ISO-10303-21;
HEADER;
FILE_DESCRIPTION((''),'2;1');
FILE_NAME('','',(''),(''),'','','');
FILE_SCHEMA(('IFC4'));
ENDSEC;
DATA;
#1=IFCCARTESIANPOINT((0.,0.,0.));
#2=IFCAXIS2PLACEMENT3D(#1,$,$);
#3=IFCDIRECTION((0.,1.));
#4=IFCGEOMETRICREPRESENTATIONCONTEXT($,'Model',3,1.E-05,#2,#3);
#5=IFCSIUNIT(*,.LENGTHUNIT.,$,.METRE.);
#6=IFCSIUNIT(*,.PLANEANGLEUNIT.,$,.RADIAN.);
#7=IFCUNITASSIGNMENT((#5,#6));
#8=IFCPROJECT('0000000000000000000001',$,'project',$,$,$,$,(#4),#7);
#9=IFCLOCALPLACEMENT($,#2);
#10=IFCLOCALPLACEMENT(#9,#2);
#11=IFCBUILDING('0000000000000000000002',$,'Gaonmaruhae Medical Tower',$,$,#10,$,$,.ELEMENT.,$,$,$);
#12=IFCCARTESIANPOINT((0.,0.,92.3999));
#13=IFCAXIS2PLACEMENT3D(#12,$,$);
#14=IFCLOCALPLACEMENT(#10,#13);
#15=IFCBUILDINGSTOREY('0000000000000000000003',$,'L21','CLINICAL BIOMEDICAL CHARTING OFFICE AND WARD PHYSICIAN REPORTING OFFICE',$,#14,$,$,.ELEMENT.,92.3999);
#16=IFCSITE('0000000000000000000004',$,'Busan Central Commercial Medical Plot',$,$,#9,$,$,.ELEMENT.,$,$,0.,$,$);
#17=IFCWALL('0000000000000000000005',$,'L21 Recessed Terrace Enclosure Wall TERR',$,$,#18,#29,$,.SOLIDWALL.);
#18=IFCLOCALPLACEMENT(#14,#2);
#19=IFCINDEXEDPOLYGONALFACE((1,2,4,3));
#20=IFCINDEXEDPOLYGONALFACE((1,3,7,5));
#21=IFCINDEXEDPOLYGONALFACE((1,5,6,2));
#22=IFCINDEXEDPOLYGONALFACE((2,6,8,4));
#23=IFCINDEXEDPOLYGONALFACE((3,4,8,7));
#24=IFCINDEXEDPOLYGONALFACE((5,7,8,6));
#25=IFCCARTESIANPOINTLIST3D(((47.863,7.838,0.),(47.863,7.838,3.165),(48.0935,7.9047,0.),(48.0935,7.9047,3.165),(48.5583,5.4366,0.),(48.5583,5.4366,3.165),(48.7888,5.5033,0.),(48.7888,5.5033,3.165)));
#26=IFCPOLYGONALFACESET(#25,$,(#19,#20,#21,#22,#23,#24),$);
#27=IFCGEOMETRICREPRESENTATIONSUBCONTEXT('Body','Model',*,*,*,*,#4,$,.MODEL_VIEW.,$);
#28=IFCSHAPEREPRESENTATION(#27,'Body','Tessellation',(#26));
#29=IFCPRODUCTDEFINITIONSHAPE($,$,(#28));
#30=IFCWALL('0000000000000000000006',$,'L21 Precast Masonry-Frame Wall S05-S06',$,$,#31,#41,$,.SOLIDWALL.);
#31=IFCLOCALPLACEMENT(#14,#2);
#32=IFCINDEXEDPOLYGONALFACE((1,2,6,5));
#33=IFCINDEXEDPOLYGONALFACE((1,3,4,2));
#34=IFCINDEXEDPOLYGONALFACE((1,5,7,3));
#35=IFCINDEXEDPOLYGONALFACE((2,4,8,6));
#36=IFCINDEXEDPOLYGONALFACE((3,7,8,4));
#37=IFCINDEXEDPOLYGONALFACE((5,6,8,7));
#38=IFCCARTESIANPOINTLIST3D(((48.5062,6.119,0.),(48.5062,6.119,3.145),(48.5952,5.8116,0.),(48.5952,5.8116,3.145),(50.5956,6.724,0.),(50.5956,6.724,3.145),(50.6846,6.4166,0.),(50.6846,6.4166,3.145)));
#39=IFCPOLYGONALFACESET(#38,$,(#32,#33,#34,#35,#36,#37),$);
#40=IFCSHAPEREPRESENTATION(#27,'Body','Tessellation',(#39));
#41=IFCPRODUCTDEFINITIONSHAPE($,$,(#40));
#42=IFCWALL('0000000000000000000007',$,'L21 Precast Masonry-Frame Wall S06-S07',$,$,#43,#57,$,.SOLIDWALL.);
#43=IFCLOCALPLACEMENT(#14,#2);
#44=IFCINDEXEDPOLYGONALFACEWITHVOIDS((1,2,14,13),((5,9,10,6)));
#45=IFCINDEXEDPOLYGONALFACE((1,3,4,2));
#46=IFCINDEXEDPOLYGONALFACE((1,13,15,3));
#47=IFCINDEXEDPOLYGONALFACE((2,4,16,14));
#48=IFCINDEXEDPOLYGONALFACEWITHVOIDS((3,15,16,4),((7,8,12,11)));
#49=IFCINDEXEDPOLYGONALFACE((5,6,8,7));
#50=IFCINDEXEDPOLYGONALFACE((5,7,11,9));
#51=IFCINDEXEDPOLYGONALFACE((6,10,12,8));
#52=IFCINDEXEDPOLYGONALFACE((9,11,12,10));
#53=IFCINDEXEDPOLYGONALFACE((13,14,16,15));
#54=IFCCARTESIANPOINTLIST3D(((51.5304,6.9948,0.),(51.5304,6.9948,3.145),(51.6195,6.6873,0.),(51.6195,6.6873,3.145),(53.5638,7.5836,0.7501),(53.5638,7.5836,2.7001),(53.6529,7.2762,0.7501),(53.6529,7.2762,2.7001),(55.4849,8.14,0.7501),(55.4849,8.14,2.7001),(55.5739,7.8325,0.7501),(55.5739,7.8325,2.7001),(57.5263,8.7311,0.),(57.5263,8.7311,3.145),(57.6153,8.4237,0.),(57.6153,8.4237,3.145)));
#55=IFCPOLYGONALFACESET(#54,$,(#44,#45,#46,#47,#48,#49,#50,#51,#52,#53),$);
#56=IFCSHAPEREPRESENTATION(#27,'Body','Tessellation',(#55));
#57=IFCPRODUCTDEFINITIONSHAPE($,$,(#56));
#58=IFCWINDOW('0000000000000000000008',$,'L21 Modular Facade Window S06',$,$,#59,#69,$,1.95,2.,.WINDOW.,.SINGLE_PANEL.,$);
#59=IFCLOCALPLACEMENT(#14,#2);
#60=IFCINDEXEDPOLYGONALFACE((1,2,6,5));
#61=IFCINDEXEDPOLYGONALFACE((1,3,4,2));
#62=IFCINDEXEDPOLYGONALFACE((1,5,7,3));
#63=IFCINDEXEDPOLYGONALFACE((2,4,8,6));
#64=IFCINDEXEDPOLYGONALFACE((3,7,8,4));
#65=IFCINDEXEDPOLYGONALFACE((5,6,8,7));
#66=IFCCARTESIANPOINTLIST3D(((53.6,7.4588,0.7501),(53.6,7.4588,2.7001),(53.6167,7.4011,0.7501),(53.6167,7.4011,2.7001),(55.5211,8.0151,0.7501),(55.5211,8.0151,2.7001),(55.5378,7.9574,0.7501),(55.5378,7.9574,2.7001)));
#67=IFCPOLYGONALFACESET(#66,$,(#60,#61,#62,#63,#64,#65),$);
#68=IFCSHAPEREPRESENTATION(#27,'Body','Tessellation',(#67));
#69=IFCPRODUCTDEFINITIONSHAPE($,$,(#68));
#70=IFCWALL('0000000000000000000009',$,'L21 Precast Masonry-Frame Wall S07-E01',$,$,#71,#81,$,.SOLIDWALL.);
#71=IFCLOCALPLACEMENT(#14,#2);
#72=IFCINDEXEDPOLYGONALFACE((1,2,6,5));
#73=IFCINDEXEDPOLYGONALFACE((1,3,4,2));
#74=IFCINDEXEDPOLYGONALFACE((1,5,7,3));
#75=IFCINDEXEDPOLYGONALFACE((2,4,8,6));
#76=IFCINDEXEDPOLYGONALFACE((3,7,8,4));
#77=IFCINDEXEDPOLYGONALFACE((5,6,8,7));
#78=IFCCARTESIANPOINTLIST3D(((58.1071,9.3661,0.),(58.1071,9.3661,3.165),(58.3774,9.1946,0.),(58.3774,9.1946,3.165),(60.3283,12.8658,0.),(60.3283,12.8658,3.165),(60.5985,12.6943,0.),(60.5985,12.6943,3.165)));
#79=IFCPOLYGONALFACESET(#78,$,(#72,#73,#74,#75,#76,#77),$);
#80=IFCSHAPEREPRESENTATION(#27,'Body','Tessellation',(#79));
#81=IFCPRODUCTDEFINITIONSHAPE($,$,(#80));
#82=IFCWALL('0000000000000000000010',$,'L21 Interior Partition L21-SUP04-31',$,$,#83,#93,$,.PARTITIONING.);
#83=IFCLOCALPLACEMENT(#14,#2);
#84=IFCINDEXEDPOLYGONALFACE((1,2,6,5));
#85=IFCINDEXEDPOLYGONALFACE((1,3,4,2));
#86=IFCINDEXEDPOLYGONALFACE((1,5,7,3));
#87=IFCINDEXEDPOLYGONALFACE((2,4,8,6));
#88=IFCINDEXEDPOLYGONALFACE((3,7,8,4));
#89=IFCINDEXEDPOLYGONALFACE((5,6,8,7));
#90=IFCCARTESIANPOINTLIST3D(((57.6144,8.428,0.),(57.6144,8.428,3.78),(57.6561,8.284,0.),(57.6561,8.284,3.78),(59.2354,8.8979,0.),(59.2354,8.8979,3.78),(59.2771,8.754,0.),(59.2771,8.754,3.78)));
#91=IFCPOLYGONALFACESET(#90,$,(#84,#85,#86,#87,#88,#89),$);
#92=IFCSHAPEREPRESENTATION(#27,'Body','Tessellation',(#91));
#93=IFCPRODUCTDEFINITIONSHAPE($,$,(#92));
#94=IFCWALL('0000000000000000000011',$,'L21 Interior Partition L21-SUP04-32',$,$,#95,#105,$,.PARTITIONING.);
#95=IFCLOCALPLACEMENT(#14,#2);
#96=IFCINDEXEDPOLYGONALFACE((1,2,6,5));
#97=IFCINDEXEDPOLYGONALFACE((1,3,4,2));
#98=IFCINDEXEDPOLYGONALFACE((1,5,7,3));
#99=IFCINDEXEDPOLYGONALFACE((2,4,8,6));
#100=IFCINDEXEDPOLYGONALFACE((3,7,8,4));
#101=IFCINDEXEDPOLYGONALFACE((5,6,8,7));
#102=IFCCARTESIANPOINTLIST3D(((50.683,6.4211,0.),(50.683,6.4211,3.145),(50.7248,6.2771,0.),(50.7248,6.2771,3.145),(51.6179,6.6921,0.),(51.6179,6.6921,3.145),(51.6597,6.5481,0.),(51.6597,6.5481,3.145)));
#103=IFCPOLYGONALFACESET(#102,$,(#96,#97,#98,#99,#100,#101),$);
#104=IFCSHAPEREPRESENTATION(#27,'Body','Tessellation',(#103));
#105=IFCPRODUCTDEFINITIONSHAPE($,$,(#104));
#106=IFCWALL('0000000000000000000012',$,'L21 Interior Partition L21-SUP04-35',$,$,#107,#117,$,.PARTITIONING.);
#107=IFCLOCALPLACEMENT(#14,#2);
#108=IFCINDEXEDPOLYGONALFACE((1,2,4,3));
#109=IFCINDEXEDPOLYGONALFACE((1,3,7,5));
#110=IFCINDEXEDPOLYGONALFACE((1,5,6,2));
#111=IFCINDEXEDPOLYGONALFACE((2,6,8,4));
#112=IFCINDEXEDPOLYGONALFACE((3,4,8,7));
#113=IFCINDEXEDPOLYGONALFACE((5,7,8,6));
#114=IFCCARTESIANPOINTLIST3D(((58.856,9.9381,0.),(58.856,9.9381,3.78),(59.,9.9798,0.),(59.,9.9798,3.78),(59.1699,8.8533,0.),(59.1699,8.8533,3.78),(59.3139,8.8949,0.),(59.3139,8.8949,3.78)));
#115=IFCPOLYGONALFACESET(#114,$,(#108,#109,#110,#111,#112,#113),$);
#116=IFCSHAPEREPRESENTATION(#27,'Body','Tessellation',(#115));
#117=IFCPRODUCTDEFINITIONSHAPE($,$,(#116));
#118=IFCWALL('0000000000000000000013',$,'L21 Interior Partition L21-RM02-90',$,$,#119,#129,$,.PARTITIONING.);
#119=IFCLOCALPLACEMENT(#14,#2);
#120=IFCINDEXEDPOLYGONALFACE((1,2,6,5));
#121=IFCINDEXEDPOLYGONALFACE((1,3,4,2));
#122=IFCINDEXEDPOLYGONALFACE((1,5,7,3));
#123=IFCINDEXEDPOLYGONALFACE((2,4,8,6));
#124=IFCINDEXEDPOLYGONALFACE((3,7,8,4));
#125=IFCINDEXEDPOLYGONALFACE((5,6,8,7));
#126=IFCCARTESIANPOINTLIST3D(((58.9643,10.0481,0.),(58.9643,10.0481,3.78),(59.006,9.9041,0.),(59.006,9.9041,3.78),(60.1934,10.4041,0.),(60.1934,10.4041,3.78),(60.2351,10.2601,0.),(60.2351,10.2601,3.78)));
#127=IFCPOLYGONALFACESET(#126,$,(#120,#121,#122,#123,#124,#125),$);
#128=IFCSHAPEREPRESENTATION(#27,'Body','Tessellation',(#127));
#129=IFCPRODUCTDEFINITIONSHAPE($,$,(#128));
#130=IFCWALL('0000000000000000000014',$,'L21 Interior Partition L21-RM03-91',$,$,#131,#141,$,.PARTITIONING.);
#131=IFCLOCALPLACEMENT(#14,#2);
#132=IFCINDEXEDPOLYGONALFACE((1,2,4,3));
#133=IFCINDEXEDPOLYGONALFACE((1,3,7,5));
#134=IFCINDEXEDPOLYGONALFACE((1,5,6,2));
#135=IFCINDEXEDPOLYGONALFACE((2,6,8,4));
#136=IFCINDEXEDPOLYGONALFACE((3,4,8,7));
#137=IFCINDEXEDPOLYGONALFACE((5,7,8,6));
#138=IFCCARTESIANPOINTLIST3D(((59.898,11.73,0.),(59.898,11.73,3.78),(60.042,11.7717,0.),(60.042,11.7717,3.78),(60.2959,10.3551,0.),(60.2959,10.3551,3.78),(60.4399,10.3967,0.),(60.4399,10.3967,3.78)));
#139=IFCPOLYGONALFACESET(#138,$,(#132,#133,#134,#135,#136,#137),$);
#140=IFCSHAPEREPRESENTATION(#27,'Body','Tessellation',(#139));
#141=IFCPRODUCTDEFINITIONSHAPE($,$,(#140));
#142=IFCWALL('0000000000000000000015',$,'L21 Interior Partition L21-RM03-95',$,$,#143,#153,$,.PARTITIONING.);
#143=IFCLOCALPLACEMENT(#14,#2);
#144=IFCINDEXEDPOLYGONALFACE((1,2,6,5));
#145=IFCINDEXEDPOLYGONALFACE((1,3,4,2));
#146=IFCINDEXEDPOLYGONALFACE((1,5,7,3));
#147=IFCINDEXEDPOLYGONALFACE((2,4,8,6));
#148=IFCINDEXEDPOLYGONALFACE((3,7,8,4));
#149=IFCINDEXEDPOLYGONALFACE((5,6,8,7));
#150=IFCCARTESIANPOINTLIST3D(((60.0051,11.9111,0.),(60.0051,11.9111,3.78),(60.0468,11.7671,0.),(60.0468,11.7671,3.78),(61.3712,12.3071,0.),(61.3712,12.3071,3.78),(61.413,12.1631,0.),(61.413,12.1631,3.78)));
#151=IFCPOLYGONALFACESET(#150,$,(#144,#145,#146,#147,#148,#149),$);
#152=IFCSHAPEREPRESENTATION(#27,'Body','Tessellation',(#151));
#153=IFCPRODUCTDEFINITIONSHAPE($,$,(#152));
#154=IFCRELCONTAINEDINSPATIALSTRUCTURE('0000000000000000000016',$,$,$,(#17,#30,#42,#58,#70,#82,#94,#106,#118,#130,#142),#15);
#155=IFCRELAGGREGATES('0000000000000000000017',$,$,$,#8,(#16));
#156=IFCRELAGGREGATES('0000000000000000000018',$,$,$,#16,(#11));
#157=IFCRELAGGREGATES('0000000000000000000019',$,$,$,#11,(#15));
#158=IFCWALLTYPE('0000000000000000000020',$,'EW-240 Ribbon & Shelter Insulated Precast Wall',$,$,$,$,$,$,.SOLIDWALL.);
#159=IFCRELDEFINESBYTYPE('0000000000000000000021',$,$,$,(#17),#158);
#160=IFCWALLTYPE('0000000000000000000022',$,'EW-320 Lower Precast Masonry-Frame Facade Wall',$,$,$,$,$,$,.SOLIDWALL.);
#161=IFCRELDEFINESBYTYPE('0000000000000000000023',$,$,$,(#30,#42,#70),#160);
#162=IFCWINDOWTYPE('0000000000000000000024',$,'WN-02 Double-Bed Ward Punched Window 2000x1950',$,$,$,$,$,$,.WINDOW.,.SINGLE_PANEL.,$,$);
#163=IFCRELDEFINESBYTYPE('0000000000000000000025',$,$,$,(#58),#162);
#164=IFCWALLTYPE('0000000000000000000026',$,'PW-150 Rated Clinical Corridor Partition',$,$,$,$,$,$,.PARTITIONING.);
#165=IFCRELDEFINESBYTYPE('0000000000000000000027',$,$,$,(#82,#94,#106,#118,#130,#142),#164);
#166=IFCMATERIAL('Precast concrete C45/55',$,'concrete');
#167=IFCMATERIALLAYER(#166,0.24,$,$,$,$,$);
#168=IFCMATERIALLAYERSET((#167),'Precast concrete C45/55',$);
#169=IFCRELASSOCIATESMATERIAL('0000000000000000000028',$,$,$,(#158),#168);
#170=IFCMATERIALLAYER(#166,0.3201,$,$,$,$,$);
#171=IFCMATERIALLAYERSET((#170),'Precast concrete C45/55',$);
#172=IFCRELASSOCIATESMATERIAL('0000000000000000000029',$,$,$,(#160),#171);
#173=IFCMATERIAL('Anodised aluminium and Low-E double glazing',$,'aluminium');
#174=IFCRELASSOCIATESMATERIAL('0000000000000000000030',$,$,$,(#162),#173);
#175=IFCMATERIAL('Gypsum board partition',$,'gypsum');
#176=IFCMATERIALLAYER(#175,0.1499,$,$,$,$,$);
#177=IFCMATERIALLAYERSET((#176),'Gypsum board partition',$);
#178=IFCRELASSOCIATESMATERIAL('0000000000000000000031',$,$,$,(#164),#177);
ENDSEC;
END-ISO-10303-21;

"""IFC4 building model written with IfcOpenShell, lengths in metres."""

from ifc_helpers import new_model, si_unit, direction, frame, frame_2d, origin, place, context, subcontext, project, spatial, rectangle, extrude, material, layer, layer_set, type_object, element, fill, save


model = new_model("IFC4")

# Units and contexts
model_context = context("Model", 3, precision=1e-05, world=origin(), true_north=direction((0.0, 1.0)))
body_context = subcontext(model_context, "Body", "Model", "MODEL_VIEW")
ifc_project = project(units=[si_unit("LENGTHUNIT", "METRE"), si_unit("PLANEANGLEUNIT", "RADIAN")], contexts=[model_context])

# Site, building, storey
site_placement = place(None, origin())
site = spatial("IfcSite", under=ifc_project, at=site_placement, Name="Busan Central Commercial Medical Plot", CompositionType="ELEMENT", RefElevation=0.0)
building_placement = place(site_placement, origin())
building = spatial("IfcBuilding", under=site, at=building_placement, Name="Gaonmaruhae Medical Tower", CompositionType="ELEMENT")
storey_placement = place(building_placement, frame((0.0, 0.0, 92.3999)))
storey = spatial("IfcBuildingStorey", under=building, at=storey_placement, Name="L21", Description="CLINICAL BIOMEDICAL CHARTING OFFICE AND WARD PHYSICIAN REPORTING OFFICE", CompositionType="ELEMENT", Elevation=92.3999)

# Walls
ifc_material_1 = material(Name="Precast concrete C45/55", Category="concrete")
ifc_layer_1 = layer(ifc_material_1, 0.24)
ifc_layer_set_1 = layer_set([ifc_layer_1], Name="Precast concrete C45/55")
wall_type_1 = type_object("IfcWallType", Name="EW-240 Ribbon & Shelter Insulated Precast Wall", PredefinedType="SOLIDWALL", material=ifc_layer_set_1)
wall_1_placement = place(storey_placement, frame((48.6736, 5.47, 0.0), z_axis=(0.0, 0.0, 1.0), x_axis=(-0.278124, 0.960545, 0.0)))
element("IfcWall", 1, at=wall_1_placement, inside=storey, type_object=wall_type_1, Name="L21 Recessed Terrace Enclosure Wall TERR", PredefinedType="SOLIDWALL", context=body_context, shape_type="SweptSolid", body=[
    extrude(rectangle(XDim=2.5, YDim=0.24, at=frame_2d((1.25, 0.0))), origin(), (0.0, 0.0, 1.0), 3.165),
])
ifc_layer_2 = layer(ifc_material_1, 0.3201)
ifc_layer_set_2 = layer_set([ifc_layer_2], Name="Precast concrete C45/55")
wall_type_2 = type_object("IfcWallType", Name="EW-320 Lower Precast Masonry-Frame Facade Wall", PredefinedType="SOLIDWALL", material=ifc_layer_set_2)
wall_2_placement = place(storey_placement, frame((50.6401, 6.5703, 0.0), z_axis=(0.0, 0.0, 1.0), x_axis=(-0.960544, -0.278129, 0.0)))
element("IfcWall", 2, at=wall_2_placement, inside=storey, type_object=wall_type_2, Name="L21 Precast Masonry-Frame Wall S05-S06", PredefinedType="SOLIDWALL", context=body_context, shape_type="SweptSolid", body=[
    extrude(rectangle(XDim=2.1753, YDim=0.3201, at=frame_2d((1.0876, 0.0))), origin(), (0.0, 0.0, 1.0), 3.145),
])

# Wall, opening, window
wall_3_placement = place(storey_placement, frame((57.5708, 8.5774, 0.0), z_axis=(0.0, 0.0, 1.0), x_axis=(-0.960535, -0.27816, 0.0)))
wall_3 = element("IfcWall", 3, at=wall_3_placement, inside=storey, type_object=wall_type_2, Name="L21 Precast Masonry-Frame Wall S06-S07", PredefinedType="SOLIDWALL", context=body_context, shape_type="SweptSolid", body=[
    extrude(rectangle(XDim=6.2422, YDim=0.3201, at=frame_2d((3.1211, 0.0))), origin(), (0.0, 0.0, 1.0), 3.145),
])
opening_placement = place(wall_3_placement, frame((2.1252, 0.0, 0.75)))
opening = element("IfcOpeningElement", 4, at=opening_placement, cuts=wall_3, PredefinedType="OPENING", context=body_context, shape_type="SweptSolid", body=[
    extrude(rectangle(XDim=2.0, YDim=1.95, at=frame_2d((1.0, 0.9751))), frame((0.0, 0.1699, 0.0), z_axis=(0.0, -1.0, 0.0), x_axis=(1.0, 0.0, 0.0)), (0.0, 0.0, 1.0), 0.3401),
])
ifc_material_2 = material(Name="Anodised aluminium and Low-E double glazing", Category="aluminium")
window_type = type_object("IfcWindowType", Name="WN-02 Double-Bed Ward Punched Window 2000x1950", PartitioningType="SINGLE_PANEL", PredefinedType="WINDOW", material=ifc_material_2)
window_placement = place(opening_placement, origin())
window = element("IfcWindow", 5, at=window_placement, inside=storey, type_object=window_type, Name="L21 Modular Facade Window S06", OverallHeight=1.95, OverallWidth=2.0, PartitioningType="SINGLE_PANEL", PredefinedType="WINDOW", context=body_context, shape_type="SweptSolid", body=[
    extrude(rectangle(XDim=2.0, YDim=1.95, at=frame_2d((1.0, 0.9751))), frame((0.0, 0.03, 0.0), z_axis=(0.0, -1.0, 0.0), x_axis=(1.0, 0.0, 0.0)), (0.0, 0.0, 1.0), 0.0601),
])
fill(opening, window)

# Walls
wall_4_placement = place(storey_placement, frame((60.4634, 12.78, 0.0), z_axis=(0.0, 0.0, 1.0), x_axis=(-0.535858, -0.844308, 0.0)))
element("IfcWall", 6, at=wall_4_placement, inside=storey, type_object=wall_type_2, Name="L21 Precast Masonry-Frame Wall S07-E01", PredefinedType="SOLIDWALL", context=body_context, shape_type="SweptSolid", body=[
    extrude(rectangle(XDim=4.145, YDim=0.3201, at=frame_2d((2.0725, 0.0))), origin(), (0.0, 0.0, 1.0), 3.165),
])
ifc_material_3 = material(Name="Gypsum board partition", Category="gypsum")
ifc_layer_3 = layer(ifc_material_3, 0.1499)
ifc_layer_set_3 = layer_set([ifc_layer_3], Name="Gypsum board partition")
wall_type_3 = type_object("IfcWallType", Name="PW-150 Rated Clinical Corridor Partition", PredefinedType="PARTITIONING", material=ifc_layer_set_3)
wall_5_placement = place(storey_placement, frame((59.2561, 8.8259, 0.0), z_axis=(0.0, 0.0, 1.0), x_axis=(-0.960452, -0.278444, 0.0)))
element("IfcWall", 7, at=wall_5_placement, inside=storey, type_object=wall_type_3, Name="L21 Interior Partition L21-SUP04-31", PredefinedType="PARTITIONING", context=body_context, shape_type="SweptSolid", body=[
    extrude(rectangle(XDim=1.6877, YDim=0.1499, at=frame_2d((0.8438, 0.0))), origin(), (0.0, 0.0, 1.0), 3.78),
])
wall_6_placement = place(storey_placement, frame((51.6389, 6.6201, 0.0), z_axis=(0.0, 0.0, 1.0), x_axis=(-0.960457, -0.27843, 0.0)))
element("IfcWall", 8, at=wall_6_placement, inside=storey, type_object=wall_type_3, Name="L21 Interior Partition L21-SUP04-32", PredefinedType="PARTITIONING", context=body_context, shape_type="SweptSolid", body=[
    extrude(rectangle(XDim=0.9734, YDim=0.1499, at=frame_2d((0.4868, 0.0))), origin(), (0.0, 0.0, 1.0), 3.145),
])
wall_7_placement = place(storey_placement, frame((58.928, 9.959, 0.0), z_axis=(0.0, 0.0, 1.0), x_axis=(0.277974, -0.960589, 0.0)))
element("IfcWall", 9, at=wall_7_placement, inside=storey, type_object=wall_type_3, Name="L21 Interior Partition L21-SUP04-35", PredefinedType="PARTITIONING", context=body_context, shape_type="SweptSolid", body=[
    extrude(rectangle(XDim=1.1294, YDim=0.1499, at=frame_2d((0.5647, 0.0))), origin(), (0.0, 0.0, 1.0), 3.78),
])
wall_8_placement = place(storey_placement, frame((60.2141, 10.332, 0.0), z_axis=(0.0, 0.0, 1.0), x_axis=(-0.960524, -0.278197, 0.0)))
element("IfcWall", 10, at=wall_8_placement, inside=storey, type_object=wall_type_3, Name="L21 Interior Partition L21-RM02-90", PredefinedType="PARTITIONING", context=body_context, shape_type="SweptSolid", body=[
    extrude(rectangle(XDim=1.2795, YDim=0.1499, at=frame_2d((0.6396, 0.0))), origin(), (0.0, 0.0, 1.0), 3.78),
])
wall_9_placement = place(storey_placement, frame((59.97, 11.751, 0.0), z_axis=(0.0, 0.0, 1.0), x_axis=(0.278008, -0.960579, 0.0)))
element("IfcWall", 11, at=wall_9_placement, inside=storey, type_object=wall_type_3, Name="L21 Interior Partition L21-RM03-91", PredefinedType="PARTITIONING", context=body_context, shape_type="SweptSolid", body=[
    extrude(rectangle(XDim=1.4314, YDim=0.1499, at=frame_2d((0.7158, 0.0))), origin(), (0.0, 0.0, 1.0), 3.78),
])
wall_10_placement = place(storey_placement, frame((61.3921, 12.2351, 0.0), z_axis=(0.0, 0.0, 1.0), x_axis=(-0.960468, -0.278391, 0.0)))
element("IfcWall", 12, at=wall_10_placement, inside=storey, type_object=wall_type_3, Name="L21 Interior Partition L21-RM03-95", PredefinedType="PARTITIONING", context=body_context, shape_type="SweptSolid", body=[
    extrude(rectangle(XDim=1.4224, YDim=0.1499, at=frame_2d((0.7112, 0.0))), origin(), (0.0, 0.0, 1.0), 3.78),
])

save(model, "model.ifc")
